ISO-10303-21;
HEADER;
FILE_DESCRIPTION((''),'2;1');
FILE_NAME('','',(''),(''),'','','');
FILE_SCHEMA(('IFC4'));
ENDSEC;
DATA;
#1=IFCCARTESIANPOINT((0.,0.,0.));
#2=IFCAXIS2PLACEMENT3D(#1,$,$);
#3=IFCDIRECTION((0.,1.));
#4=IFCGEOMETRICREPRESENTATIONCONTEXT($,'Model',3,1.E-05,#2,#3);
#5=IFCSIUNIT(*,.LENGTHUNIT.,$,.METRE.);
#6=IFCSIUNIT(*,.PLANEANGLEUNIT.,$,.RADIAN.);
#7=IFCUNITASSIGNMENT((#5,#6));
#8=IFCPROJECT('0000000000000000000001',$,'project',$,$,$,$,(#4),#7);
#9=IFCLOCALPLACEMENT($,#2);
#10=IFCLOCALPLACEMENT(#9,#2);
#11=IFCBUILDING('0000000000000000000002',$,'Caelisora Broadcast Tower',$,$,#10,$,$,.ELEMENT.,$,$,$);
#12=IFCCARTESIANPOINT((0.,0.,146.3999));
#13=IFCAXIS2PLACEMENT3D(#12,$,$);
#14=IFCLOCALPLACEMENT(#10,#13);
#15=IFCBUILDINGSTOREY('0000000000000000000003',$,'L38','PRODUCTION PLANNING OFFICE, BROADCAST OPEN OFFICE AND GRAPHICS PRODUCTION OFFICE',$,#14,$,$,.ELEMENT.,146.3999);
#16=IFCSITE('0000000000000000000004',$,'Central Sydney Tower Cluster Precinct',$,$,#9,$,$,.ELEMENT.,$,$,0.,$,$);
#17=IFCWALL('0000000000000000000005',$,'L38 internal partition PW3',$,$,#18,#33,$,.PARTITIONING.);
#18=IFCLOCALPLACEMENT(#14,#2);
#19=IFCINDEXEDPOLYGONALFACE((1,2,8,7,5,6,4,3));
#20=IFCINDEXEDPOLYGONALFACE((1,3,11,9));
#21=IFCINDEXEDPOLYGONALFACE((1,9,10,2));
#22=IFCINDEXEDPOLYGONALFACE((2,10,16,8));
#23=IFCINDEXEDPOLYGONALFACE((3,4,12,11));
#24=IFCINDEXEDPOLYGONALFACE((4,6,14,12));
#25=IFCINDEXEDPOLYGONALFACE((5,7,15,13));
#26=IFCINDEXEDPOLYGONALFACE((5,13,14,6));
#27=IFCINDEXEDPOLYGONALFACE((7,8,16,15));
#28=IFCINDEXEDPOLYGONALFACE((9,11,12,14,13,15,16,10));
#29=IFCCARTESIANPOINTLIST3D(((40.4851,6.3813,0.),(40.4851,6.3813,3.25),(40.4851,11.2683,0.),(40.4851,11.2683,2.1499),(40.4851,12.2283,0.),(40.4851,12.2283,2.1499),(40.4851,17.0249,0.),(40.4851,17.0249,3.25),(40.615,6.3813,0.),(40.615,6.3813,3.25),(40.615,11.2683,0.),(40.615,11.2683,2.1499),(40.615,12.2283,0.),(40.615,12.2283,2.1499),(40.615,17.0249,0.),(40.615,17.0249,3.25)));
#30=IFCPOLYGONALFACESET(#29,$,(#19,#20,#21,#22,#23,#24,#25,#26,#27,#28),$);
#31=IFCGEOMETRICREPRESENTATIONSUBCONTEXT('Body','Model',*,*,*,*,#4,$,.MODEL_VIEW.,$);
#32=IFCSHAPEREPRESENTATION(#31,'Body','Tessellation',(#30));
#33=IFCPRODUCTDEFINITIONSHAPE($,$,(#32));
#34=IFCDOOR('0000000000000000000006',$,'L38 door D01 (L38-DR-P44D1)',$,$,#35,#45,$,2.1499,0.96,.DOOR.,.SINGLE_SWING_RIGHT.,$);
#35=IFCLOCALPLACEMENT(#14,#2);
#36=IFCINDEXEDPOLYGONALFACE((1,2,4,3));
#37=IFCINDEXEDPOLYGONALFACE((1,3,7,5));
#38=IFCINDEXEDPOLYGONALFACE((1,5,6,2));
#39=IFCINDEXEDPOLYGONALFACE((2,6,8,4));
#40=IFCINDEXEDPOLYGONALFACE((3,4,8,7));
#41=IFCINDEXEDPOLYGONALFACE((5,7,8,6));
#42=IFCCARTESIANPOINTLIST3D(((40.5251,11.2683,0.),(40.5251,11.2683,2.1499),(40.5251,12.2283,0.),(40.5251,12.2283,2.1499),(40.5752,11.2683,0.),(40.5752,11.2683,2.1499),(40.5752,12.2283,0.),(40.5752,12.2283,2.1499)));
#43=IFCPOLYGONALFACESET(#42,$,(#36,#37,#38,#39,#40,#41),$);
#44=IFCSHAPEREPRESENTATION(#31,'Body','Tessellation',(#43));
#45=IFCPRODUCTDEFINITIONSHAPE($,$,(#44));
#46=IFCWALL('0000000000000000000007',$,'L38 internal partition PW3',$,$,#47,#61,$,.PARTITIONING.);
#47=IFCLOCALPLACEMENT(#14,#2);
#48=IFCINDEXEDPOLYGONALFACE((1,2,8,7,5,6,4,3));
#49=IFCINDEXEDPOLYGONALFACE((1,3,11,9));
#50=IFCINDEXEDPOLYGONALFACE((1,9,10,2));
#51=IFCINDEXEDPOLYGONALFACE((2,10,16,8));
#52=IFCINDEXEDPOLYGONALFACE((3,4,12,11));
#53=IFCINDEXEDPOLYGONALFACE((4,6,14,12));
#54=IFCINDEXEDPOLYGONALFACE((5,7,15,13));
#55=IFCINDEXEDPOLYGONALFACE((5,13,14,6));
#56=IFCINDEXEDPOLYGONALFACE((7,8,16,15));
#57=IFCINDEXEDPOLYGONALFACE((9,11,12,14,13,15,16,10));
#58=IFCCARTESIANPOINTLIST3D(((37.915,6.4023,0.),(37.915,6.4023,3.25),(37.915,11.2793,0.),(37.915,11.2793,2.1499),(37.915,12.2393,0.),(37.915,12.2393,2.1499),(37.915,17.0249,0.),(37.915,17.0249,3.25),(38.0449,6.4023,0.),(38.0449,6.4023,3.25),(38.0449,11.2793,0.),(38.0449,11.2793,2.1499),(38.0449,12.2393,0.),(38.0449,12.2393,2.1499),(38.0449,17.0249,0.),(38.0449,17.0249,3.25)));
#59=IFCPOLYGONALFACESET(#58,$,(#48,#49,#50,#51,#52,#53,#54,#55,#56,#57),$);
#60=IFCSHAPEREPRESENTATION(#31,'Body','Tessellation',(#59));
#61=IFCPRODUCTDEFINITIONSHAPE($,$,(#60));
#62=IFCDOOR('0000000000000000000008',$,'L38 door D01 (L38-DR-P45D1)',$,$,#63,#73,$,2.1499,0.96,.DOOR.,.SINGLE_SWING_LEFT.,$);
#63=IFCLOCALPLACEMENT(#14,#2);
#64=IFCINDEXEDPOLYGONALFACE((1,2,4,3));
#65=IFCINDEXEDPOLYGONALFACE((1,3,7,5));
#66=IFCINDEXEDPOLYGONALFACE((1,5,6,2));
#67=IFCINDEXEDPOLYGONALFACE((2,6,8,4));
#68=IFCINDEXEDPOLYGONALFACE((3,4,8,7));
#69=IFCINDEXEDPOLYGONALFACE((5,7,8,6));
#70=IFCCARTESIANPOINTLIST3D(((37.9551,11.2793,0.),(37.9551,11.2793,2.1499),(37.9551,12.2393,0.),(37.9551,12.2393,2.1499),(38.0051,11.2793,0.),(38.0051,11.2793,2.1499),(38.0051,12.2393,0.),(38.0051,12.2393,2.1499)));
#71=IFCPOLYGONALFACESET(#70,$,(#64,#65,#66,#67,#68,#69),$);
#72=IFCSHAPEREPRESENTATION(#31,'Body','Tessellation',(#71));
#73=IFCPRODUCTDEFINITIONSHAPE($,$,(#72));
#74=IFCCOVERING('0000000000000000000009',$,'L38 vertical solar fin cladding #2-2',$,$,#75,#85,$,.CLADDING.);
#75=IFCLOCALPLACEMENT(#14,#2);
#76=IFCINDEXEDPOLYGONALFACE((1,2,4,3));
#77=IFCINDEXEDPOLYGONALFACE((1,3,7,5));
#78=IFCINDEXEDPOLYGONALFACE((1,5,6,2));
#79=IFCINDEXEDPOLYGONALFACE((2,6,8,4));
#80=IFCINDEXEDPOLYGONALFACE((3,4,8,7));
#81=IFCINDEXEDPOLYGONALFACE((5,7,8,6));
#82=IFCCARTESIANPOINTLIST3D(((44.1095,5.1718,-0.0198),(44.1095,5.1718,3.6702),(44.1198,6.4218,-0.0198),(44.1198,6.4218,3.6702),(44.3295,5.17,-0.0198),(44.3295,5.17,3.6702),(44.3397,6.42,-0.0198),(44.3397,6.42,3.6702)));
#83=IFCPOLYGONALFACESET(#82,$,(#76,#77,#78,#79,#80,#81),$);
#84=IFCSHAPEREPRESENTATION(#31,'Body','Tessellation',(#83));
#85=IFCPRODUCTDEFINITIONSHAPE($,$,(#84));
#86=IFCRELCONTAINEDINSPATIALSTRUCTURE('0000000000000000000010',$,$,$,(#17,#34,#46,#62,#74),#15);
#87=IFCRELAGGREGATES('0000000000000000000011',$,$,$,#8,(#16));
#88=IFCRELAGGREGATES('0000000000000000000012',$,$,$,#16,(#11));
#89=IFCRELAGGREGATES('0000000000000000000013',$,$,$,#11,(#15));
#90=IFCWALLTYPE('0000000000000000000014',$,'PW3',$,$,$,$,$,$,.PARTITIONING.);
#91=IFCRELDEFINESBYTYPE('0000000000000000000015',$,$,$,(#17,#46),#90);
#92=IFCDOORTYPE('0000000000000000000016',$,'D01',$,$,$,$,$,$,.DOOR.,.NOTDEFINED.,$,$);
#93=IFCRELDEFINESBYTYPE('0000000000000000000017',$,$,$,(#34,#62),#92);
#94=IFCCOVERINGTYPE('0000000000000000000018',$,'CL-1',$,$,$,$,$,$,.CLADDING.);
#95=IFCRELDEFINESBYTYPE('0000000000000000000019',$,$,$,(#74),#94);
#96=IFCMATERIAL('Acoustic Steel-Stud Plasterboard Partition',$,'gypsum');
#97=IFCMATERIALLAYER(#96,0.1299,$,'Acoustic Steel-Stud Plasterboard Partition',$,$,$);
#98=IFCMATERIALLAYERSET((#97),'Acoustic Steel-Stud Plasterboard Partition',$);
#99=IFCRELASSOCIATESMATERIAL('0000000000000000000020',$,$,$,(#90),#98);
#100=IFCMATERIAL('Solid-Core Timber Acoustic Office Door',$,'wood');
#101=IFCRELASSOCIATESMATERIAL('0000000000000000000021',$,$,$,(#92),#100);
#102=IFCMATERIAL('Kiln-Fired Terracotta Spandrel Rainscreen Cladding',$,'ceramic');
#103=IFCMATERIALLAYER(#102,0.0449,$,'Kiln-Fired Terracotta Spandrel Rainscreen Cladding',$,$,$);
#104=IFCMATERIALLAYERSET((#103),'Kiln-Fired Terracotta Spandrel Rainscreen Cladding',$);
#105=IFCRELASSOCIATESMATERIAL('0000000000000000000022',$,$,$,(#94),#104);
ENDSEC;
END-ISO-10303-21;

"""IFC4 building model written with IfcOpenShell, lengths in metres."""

from ifc_helpers import new_model, si_unit, direction, frame, frame_2d, origin, origin_2d, place, context, subcontext, project, spatial, rectangle, extrude, source, transform, mapped, material, layer, layer_set, type_object, type_shapes, element, fill, save


model = new_model("IFC4")

# Units and contexts
model_context = context("Model", 3, precision=1e-05, world=origin(), true_north=direction((0.0, 1.0)))
body_context = subcontext(model_context, "Body", "Model", "MODEL_VIEW")
ifc_project = project(units=[si_unit("LENGTHUNIT", "METRE"), si_unit("PLANEANGLEUNIT", "RADIAN")], contexts=[model_context])

# Site, building, storey
site_placement = place(None, origin())
site = spatial("IfcSite", under=ifc_project, at=site_placement, Name="Central Sydney Tower Cluster Precinct", CompositionType="ELEMENT", RefElevation=0.0)
building_placement = place(site_placement, origin())
building = spatial("IfcBuilding", under=site, at=building_placement, Name="Caelisora Broadcast Tower", CompositionType="ELEMENT")
storey_placement = place(building_placement, frame((0.0, 0.0, 146.3999)))
storey = spatial("IfcBuildingStorey", under=building, at=storey_placement, Name="L38", Description="PRODUCTION PLANNING OFFICE, BROADCAST OPEN OFFICE AND GRAPHICS PRODUCTION OFFICE", CompositionType="ELEMENT", Elevation=146.3999)

# Walls, openings, doors
ifc_material_1 = material(Name="Acoustic Steel-Stud Plasterboard Partition", Category="gypsum")
ifc_layer_1 = layer(ifc_material_1, 0.1299, Name="Acoustic Steel-Stud Plasterboard Partition")
ifc_layer_set_1 = layer_set([ifc_layer_1], Name="Acoustic Steel-Stud Plasterboard Partition")
wall_type_1 = type_object("IfcWallType", Name="PW3", PredefinedType="PARTITIONING", material=ifc_layer_set_1)
ifc_material_2 = material(Name="Solid-Core Timber Acoustic Office Door", Category="wood")
door_type_1 = type_object("IfcDoorType", Name="D01", OperationType="NOTDEFINED", PredefinedType="DOOR", material=ifc_material_2)
wall_1_placement = place(storey_placement, frame((40.55, 6.3813, 0.0), z_axis=(0.0, 0.0, 1.0), x_axis=(0.0, 1.0, 0.0)))
wall_1 = element("IfcWall", 1, at=wall_1_placement, inside=storey, type_object=wall_type_1, Name="L38 internal partition PW3", PredefinedType="PARTITIONING", context=body_context, shape_type="SweptSolid", body=[
    extrude(rectangle(XDim=10.6436, YDim=0.1299, at=frame_2d((5.3218, 0.0))), origin(), (0.0, 0.0, 1.0), 3.25),
])
opening_1_placement = place(wall_1_placement, frame((4.887, 0.0, 0.0)))
opening_1 = element("IfcOpeningElement", 2, at=opening_1_placement, cuts=wall_1, PredefinedType="OPENING", context=body_context, shape_type="SweptSolid", body=[
    extrude(rectangle(XDim=0.96, YDim=2.1499, at=frame_2d((0.48, 1.075))), frame((0.0, 0.0769, 0.0), z_axis=(0.0, -1.0, 0.0), x_axis=(1.0, 0.0, 0.0)), (0.0, 0.0, 1.0), 0.1538),
])
door_1_placement = place(opening_1_placement, origin())
door_1 = element("IfcDoor", 3, at=door_1_placement, inside=storey, type_object=door_type_1, Name="L38 door D01 (L38-DR-P44D1)", OperationType="SINGLE_SWING_RIGHT", OverallHeight=2.1499, OverallWidth=0.96, PredefinedType="DOOR", context=body_context, shape_type="SweptSolid", body=[
    extrude(rectangle(XDim=0.96, YDim=2.1499, at=frame_2d((0.48, 1.075))), frame((0.0, 0.0249, 0.0), z_axis=(0.0, -1.0, 0.0), x_axis=(1.0, 0.0, 0.0)), (0.0, 0.0, 1.0), 0.05),
])
fill(opening_1, door_1)
wall_2_placement = place(storey_placement, frame((37.98, 6.4023, 0.0), z_axis=(0.0, 0.0, 1.0), x_axis=(0.0, 1.0, 0.0)))
wall_2 = element("IfcWall", 4, at=wall_2_placement, inside=storey, type_object=wall_type_1, Name="L38 internal partition PW3", PredefinedType="PARTITIONING", context=body_context, shape_type="SweptSolid", body=[
    extrude(rectangle(XDim=10.6226, YDim=0.1299, at=frame_2d((5.3113, 0.0))), origin(), (0.0, 0.0, 1.0), 3.25),
])
opening_2_placement = place(wall_2_placement, frame((4.877, 0.0, 0.0)))
opening_2 = element("IfcOpeningElement", 5, at=opening_2_placement, cuts=wall_2, PredefinedType="OPENING", context=body_context, shape_type="SweptSolid", body=[
    extrude(rectangle(XDim=0.96, YDim=2.1499, at=frame_2d((0.48, 1.075))), frame((0.0, 0.0769, 0.0), z_axis=(0.0, -1.0, 0.0), x_axis=(1.0, 0.0, 0.0)), (0.0, 0.0, 1.0), 0.1538),
])
door_2_placement = place(opening_2_placement, origin())
door_2 = element("IfcDoor", 6, at=door_2_placement, inside=storey, type_object=door_type_1, Name="L38 door D01 (L38-DR-P45D1)", OperationType="SINGLE_SWING_LEFT", OverallHeight=2.1499, OverallWidth=0.96, PredefinedType="DOOR", context=body_context, shape_type="SweptSolid", body=[
    extrude(rectangle(XDim=0.96, YDim=2.1499, at=frame_2d((0.48, 1.075))), frame((0.0, 0.0249, 0.0), z_axis=(0.0, -1.0, 0.0), x_axis=(1.0, 0.0, 0.0)), (0.0, 0.0, 1.0), 0.05),
])
fill(opening_2, door_2)

# Covering
ifc_material_3 = material(Name="Kiln-Fired Terracotta Spandrel Rainscreen Cladding", Category="ceramic")
ifc_layer_2 = layer(ifc_material_3, 0.0449, Name="Kiln-Fired Terracotta Spandrel Rainscreen Cladding")
ifc_layer_set_2 = layer_set([ifc_layer_2], Name="Kiln-Fired Terracotta Spandrel Rainscreen Cladding")
covering_type = type_object("IfcCoveringType", Name="CL-1", PredefinedType="CLADDING", material=ifc_layer_set_2)
shared_shape_1 = source(origin(), body_context, "Body", "SweptSolid", [
    extrude(rectangle(XDim=0.22, YDim=1.25, at=origin_2d()), origin(), (0.0, 0.0, 1.0), 3.6899),
])
type_shapes(covering_type, [shared_shape_1])
covering_placement = place(storey_placement, frame((44.2246, 5.7959, -0.0198), z_axis=(0.0, 0.0, 1.0), x_axis=(-0.999966, 0.008203, 0.0)))
element("IfcCovering", 7, at=covering_placement, inside=storey, type_object=covering_type, Name="L38 vertical solar fin cladding #2-2", PredefinedType="CLADDING", context=body_context, shape_type="MappedRepresentation", body=[
    mapped(shared_shape_1, transform((0.0, 0.0, 0.0), scale=1.0)),
])

save(model, "model.ifc")
